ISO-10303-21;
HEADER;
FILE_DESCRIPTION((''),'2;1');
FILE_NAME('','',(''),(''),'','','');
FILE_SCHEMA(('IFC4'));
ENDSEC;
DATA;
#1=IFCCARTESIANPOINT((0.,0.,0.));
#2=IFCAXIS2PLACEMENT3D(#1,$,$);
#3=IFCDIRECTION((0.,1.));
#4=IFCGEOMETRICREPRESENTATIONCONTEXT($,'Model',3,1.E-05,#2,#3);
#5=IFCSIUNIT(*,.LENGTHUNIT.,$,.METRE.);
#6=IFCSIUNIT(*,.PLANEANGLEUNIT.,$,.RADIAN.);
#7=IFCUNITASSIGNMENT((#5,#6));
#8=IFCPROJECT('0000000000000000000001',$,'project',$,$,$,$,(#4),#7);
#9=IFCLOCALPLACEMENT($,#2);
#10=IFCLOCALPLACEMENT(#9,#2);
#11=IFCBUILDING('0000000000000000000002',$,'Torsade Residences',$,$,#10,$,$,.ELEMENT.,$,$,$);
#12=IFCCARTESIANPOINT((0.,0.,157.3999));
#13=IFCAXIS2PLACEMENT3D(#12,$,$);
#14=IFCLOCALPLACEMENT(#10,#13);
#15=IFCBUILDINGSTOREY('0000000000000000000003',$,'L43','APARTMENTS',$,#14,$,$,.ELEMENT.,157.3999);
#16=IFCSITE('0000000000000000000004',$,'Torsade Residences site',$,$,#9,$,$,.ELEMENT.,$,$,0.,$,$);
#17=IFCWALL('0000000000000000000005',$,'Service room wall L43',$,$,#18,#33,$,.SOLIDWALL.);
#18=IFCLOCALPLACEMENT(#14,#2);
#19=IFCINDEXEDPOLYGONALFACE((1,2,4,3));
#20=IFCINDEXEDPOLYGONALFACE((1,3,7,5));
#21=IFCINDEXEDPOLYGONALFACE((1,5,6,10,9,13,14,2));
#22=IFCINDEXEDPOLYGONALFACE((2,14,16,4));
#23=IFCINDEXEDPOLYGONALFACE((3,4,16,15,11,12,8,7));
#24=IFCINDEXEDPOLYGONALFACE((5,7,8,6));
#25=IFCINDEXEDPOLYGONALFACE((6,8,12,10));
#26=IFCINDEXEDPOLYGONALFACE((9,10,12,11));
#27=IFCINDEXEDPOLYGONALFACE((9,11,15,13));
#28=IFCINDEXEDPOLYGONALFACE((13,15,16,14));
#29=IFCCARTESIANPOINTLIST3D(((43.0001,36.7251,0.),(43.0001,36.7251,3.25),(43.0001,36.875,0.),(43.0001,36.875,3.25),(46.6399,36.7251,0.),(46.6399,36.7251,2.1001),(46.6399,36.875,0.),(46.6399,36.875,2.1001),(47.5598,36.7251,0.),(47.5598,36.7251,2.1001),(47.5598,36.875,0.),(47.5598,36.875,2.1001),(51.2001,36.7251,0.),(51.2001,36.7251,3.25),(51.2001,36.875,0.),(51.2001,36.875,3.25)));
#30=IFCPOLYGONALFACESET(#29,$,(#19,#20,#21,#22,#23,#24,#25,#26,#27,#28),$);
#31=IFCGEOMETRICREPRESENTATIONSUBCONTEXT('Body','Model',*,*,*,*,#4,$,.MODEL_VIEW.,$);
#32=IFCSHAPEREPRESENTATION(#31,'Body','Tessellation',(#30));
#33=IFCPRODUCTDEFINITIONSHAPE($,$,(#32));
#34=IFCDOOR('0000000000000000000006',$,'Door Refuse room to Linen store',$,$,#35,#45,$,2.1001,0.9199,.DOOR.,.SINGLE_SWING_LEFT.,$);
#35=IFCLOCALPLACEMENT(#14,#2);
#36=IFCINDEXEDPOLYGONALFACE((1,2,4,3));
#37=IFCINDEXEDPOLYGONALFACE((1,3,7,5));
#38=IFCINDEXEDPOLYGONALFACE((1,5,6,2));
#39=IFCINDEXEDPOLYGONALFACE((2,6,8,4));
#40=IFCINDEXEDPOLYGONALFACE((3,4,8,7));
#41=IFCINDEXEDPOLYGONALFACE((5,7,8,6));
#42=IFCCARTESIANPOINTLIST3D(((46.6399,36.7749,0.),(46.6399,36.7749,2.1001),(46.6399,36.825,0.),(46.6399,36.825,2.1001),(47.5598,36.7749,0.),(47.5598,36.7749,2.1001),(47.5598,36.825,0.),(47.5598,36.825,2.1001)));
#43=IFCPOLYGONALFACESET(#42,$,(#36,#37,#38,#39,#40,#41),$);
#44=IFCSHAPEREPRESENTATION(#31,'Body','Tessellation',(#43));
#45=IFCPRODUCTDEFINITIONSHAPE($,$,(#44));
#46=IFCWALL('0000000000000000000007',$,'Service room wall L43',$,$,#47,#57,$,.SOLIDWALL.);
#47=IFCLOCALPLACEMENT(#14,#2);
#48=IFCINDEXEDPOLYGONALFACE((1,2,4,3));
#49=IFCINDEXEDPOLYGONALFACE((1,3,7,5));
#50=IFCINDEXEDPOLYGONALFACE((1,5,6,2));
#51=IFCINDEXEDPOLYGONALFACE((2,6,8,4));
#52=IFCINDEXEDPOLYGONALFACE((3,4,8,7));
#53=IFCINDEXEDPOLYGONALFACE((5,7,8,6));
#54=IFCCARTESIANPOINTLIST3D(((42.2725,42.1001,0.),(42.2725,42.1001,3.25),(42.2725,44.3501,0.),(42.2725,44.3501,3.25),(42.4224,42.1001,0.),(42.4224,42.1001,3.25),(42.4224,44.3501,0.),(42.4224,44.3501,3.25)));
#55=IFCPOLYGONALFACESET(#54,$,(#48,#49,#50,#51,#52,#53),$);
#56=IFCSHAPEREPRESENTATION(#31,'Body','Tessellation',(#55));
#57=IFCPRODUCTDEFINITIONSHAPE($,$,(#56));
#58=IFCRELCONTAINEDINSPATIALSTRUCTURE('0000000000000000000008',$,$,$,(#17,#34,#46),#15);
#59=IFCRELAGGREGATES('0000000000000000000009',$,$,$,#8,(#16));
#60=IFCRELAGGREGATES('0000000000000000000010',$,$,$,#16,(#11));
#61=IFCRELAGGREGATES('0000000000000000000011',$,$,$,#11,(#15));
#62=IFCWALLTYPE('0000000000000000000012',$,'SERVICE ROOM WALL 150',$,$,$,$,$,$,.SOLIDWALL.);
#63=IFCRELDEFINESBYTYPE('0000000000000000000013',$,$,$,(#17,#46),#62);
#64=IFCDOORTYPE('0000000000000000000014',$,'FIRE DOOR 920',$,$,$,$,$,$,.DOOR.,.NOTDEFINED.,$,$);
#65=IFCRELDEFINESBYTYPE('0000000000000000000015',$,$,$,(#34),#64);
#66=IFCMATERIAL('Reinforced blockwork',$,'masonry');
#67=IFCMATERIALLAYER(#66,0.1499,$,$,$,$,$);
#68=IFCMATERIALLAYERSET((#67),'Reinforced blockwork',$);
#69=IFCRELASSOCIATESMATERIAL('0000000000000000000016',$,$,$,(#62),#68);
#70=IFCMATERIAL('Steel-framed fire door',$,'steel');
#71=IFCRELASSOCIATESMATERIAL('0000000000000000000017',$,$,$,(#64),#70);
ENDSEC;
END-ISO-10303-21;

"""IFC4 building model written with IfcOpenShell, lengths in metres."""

from ifc_helpers import new_model, si_unit, direction, frame, frame_2d, origin, place, context, subcontext, project, spatial, rectangle, extrude, material, layer, layer_set, type_object, element, fill, save


model = new_model("IFC4")

# Units and contexts
model_context = context("Model", 3, precision=1e-05, world=origin(), true_north=direction((0.0, 1.0)))
body_context = subcontext(model_context, "Body", "Model", "MODEL_VIEW")
ifc_project = project(units=[si_unit("LENGTHUNIT", "METRE"), si_unit("PLANEANGLEUNIT", "RADIAN")], contexts=[model_context])

# Site, building, storey
site_placement = place(None, origin())
site = spatial("IfcSite", under=ifc_project, at=site_placement, Name="Torsade Residences site", CompositionType="ELEMENT", RefElevation=0.0)
building_placement = place(site_placement, origin())
building = spatial("IfcBuilding", under=site, at=building_placement, Name="Torsade Residences", CompositionType="ELEMENT")
storey_placement = place(building_placement, frame((0.0, 0.0, 157.3999)))
storey = spatial("IfcBuildingStorey", under=building, at=storey_placement, Name="L43", Description="APARTMENTS", CompositionType="ELEMENT", Elevation=157.3999)

# Shared definitions
ifc_material_1 = material(Name="Reinforced blockwork", Category="masonry")
ifc_layer_1 = layer(ifc_material_1, 0.1499)
ifc_layer_set_1 = layer_set([ifc_layer_1], Name="Reinforced blockwork")
wall_type_1 = type_object("IfcWallType", Name="SERVICE ROOM WALL 150", PredefinedType="SOLIDWALL", material=ifc_layer_set_1)

# Wall, opening, door
wall_1_placement = place(storey_placement, frame((43.0, 36.8, 0.0), z_axis=(0.0, 0.0, 1.0), x_axis=(1.0, 0.0, 0.0)))
wall_1 = element("IfcWall", 1, at=wall_1_placement, inside=storey, type_object=wall_type_1, Name="Service room wall L43", PredefinedType="SOLIDWALL", context=body_context, shape_type="SweptSolid", body=[
    extrude(rectangle(XDim=8.2, YDim=0.1499, at=frame_2d((4.1001, 0.0))), origin(), (0.0, 0.0, 1.0), 3.25),
])
opening_placement = place(wall_1_placement, frame((3.6399, 0.0, 0.0)))
opening = element("IfcOpeningElement", 2, at=opening_placement, cuts=wall_1, PredefinedType="OPENING", context=body_context, shape_type="SweptSolid", body=[
    extrude(rectangle(XDim=0.9199, YDim=2.1001, at=frame_2d((0.46, 1.05))), frame((0.0, 0.085, 0.0), z_axis=(0.0, -1.0, 0.0), x_axis=(1.0, 0.0, 0.0)), (0.0, 0.0, 1.0), 0.1699),
])
ifc_material_2 = material(Name="Steel-framed fire door", Category="steel")
door_type = type_object("IfcDoorType", Name="FIRE DOOR 920", OperationType="NOTDEFINED", PredefinedType="DOOR", material=ifc_material_2)
door_placement = place(opening_placement, origin())
door = element("IfcDoor", 3, at=door_placement, inside=storey, type_object=door_type, Name="Door Refuse room to Linen store", OperationType="SINGLE_SWING_LEFT", OverallHeight=2.1001, OverallWidth=0.9199, PredefinedType="DOOR", context=body_context, shape_type="SweptSolid", body=[
    extrude(rectangle(XDim=0.9199, YDim=2.1001, at=frame_2d((0.46, 1.05))), frame((0.0, 0.0249, 0.0), z_axis=(0.0, -1.0, 0.0), x_axis=(1.0, 0.0, 0.0)), (0.0, 0.0, 1.0), 0.05),
])
fill(opening, door)

# Wall
wall_2_placement = place(storey_placement, frame((42.3474, 42.1001, 0.0), z_axis=(0.0, 0.0, 1.0), x_axis=(0.0, 1.0, 0.0)))
element("IfcWall", 4, at=wall_2_placement, inside=storey, type_object=wall_type_1, Name="Service room wall L43", PredefinedType="SOLIDWALL", context=body_context, shape_type="SweptSolid", body=[
    extrude(rectangle(XDim=2.25, YDim=0.1499, at=frame_2d((1.125, 0.0))), origin(), (0.0, 0.0, 1.0), 3.25),
])

save(model, "model.ifc")
